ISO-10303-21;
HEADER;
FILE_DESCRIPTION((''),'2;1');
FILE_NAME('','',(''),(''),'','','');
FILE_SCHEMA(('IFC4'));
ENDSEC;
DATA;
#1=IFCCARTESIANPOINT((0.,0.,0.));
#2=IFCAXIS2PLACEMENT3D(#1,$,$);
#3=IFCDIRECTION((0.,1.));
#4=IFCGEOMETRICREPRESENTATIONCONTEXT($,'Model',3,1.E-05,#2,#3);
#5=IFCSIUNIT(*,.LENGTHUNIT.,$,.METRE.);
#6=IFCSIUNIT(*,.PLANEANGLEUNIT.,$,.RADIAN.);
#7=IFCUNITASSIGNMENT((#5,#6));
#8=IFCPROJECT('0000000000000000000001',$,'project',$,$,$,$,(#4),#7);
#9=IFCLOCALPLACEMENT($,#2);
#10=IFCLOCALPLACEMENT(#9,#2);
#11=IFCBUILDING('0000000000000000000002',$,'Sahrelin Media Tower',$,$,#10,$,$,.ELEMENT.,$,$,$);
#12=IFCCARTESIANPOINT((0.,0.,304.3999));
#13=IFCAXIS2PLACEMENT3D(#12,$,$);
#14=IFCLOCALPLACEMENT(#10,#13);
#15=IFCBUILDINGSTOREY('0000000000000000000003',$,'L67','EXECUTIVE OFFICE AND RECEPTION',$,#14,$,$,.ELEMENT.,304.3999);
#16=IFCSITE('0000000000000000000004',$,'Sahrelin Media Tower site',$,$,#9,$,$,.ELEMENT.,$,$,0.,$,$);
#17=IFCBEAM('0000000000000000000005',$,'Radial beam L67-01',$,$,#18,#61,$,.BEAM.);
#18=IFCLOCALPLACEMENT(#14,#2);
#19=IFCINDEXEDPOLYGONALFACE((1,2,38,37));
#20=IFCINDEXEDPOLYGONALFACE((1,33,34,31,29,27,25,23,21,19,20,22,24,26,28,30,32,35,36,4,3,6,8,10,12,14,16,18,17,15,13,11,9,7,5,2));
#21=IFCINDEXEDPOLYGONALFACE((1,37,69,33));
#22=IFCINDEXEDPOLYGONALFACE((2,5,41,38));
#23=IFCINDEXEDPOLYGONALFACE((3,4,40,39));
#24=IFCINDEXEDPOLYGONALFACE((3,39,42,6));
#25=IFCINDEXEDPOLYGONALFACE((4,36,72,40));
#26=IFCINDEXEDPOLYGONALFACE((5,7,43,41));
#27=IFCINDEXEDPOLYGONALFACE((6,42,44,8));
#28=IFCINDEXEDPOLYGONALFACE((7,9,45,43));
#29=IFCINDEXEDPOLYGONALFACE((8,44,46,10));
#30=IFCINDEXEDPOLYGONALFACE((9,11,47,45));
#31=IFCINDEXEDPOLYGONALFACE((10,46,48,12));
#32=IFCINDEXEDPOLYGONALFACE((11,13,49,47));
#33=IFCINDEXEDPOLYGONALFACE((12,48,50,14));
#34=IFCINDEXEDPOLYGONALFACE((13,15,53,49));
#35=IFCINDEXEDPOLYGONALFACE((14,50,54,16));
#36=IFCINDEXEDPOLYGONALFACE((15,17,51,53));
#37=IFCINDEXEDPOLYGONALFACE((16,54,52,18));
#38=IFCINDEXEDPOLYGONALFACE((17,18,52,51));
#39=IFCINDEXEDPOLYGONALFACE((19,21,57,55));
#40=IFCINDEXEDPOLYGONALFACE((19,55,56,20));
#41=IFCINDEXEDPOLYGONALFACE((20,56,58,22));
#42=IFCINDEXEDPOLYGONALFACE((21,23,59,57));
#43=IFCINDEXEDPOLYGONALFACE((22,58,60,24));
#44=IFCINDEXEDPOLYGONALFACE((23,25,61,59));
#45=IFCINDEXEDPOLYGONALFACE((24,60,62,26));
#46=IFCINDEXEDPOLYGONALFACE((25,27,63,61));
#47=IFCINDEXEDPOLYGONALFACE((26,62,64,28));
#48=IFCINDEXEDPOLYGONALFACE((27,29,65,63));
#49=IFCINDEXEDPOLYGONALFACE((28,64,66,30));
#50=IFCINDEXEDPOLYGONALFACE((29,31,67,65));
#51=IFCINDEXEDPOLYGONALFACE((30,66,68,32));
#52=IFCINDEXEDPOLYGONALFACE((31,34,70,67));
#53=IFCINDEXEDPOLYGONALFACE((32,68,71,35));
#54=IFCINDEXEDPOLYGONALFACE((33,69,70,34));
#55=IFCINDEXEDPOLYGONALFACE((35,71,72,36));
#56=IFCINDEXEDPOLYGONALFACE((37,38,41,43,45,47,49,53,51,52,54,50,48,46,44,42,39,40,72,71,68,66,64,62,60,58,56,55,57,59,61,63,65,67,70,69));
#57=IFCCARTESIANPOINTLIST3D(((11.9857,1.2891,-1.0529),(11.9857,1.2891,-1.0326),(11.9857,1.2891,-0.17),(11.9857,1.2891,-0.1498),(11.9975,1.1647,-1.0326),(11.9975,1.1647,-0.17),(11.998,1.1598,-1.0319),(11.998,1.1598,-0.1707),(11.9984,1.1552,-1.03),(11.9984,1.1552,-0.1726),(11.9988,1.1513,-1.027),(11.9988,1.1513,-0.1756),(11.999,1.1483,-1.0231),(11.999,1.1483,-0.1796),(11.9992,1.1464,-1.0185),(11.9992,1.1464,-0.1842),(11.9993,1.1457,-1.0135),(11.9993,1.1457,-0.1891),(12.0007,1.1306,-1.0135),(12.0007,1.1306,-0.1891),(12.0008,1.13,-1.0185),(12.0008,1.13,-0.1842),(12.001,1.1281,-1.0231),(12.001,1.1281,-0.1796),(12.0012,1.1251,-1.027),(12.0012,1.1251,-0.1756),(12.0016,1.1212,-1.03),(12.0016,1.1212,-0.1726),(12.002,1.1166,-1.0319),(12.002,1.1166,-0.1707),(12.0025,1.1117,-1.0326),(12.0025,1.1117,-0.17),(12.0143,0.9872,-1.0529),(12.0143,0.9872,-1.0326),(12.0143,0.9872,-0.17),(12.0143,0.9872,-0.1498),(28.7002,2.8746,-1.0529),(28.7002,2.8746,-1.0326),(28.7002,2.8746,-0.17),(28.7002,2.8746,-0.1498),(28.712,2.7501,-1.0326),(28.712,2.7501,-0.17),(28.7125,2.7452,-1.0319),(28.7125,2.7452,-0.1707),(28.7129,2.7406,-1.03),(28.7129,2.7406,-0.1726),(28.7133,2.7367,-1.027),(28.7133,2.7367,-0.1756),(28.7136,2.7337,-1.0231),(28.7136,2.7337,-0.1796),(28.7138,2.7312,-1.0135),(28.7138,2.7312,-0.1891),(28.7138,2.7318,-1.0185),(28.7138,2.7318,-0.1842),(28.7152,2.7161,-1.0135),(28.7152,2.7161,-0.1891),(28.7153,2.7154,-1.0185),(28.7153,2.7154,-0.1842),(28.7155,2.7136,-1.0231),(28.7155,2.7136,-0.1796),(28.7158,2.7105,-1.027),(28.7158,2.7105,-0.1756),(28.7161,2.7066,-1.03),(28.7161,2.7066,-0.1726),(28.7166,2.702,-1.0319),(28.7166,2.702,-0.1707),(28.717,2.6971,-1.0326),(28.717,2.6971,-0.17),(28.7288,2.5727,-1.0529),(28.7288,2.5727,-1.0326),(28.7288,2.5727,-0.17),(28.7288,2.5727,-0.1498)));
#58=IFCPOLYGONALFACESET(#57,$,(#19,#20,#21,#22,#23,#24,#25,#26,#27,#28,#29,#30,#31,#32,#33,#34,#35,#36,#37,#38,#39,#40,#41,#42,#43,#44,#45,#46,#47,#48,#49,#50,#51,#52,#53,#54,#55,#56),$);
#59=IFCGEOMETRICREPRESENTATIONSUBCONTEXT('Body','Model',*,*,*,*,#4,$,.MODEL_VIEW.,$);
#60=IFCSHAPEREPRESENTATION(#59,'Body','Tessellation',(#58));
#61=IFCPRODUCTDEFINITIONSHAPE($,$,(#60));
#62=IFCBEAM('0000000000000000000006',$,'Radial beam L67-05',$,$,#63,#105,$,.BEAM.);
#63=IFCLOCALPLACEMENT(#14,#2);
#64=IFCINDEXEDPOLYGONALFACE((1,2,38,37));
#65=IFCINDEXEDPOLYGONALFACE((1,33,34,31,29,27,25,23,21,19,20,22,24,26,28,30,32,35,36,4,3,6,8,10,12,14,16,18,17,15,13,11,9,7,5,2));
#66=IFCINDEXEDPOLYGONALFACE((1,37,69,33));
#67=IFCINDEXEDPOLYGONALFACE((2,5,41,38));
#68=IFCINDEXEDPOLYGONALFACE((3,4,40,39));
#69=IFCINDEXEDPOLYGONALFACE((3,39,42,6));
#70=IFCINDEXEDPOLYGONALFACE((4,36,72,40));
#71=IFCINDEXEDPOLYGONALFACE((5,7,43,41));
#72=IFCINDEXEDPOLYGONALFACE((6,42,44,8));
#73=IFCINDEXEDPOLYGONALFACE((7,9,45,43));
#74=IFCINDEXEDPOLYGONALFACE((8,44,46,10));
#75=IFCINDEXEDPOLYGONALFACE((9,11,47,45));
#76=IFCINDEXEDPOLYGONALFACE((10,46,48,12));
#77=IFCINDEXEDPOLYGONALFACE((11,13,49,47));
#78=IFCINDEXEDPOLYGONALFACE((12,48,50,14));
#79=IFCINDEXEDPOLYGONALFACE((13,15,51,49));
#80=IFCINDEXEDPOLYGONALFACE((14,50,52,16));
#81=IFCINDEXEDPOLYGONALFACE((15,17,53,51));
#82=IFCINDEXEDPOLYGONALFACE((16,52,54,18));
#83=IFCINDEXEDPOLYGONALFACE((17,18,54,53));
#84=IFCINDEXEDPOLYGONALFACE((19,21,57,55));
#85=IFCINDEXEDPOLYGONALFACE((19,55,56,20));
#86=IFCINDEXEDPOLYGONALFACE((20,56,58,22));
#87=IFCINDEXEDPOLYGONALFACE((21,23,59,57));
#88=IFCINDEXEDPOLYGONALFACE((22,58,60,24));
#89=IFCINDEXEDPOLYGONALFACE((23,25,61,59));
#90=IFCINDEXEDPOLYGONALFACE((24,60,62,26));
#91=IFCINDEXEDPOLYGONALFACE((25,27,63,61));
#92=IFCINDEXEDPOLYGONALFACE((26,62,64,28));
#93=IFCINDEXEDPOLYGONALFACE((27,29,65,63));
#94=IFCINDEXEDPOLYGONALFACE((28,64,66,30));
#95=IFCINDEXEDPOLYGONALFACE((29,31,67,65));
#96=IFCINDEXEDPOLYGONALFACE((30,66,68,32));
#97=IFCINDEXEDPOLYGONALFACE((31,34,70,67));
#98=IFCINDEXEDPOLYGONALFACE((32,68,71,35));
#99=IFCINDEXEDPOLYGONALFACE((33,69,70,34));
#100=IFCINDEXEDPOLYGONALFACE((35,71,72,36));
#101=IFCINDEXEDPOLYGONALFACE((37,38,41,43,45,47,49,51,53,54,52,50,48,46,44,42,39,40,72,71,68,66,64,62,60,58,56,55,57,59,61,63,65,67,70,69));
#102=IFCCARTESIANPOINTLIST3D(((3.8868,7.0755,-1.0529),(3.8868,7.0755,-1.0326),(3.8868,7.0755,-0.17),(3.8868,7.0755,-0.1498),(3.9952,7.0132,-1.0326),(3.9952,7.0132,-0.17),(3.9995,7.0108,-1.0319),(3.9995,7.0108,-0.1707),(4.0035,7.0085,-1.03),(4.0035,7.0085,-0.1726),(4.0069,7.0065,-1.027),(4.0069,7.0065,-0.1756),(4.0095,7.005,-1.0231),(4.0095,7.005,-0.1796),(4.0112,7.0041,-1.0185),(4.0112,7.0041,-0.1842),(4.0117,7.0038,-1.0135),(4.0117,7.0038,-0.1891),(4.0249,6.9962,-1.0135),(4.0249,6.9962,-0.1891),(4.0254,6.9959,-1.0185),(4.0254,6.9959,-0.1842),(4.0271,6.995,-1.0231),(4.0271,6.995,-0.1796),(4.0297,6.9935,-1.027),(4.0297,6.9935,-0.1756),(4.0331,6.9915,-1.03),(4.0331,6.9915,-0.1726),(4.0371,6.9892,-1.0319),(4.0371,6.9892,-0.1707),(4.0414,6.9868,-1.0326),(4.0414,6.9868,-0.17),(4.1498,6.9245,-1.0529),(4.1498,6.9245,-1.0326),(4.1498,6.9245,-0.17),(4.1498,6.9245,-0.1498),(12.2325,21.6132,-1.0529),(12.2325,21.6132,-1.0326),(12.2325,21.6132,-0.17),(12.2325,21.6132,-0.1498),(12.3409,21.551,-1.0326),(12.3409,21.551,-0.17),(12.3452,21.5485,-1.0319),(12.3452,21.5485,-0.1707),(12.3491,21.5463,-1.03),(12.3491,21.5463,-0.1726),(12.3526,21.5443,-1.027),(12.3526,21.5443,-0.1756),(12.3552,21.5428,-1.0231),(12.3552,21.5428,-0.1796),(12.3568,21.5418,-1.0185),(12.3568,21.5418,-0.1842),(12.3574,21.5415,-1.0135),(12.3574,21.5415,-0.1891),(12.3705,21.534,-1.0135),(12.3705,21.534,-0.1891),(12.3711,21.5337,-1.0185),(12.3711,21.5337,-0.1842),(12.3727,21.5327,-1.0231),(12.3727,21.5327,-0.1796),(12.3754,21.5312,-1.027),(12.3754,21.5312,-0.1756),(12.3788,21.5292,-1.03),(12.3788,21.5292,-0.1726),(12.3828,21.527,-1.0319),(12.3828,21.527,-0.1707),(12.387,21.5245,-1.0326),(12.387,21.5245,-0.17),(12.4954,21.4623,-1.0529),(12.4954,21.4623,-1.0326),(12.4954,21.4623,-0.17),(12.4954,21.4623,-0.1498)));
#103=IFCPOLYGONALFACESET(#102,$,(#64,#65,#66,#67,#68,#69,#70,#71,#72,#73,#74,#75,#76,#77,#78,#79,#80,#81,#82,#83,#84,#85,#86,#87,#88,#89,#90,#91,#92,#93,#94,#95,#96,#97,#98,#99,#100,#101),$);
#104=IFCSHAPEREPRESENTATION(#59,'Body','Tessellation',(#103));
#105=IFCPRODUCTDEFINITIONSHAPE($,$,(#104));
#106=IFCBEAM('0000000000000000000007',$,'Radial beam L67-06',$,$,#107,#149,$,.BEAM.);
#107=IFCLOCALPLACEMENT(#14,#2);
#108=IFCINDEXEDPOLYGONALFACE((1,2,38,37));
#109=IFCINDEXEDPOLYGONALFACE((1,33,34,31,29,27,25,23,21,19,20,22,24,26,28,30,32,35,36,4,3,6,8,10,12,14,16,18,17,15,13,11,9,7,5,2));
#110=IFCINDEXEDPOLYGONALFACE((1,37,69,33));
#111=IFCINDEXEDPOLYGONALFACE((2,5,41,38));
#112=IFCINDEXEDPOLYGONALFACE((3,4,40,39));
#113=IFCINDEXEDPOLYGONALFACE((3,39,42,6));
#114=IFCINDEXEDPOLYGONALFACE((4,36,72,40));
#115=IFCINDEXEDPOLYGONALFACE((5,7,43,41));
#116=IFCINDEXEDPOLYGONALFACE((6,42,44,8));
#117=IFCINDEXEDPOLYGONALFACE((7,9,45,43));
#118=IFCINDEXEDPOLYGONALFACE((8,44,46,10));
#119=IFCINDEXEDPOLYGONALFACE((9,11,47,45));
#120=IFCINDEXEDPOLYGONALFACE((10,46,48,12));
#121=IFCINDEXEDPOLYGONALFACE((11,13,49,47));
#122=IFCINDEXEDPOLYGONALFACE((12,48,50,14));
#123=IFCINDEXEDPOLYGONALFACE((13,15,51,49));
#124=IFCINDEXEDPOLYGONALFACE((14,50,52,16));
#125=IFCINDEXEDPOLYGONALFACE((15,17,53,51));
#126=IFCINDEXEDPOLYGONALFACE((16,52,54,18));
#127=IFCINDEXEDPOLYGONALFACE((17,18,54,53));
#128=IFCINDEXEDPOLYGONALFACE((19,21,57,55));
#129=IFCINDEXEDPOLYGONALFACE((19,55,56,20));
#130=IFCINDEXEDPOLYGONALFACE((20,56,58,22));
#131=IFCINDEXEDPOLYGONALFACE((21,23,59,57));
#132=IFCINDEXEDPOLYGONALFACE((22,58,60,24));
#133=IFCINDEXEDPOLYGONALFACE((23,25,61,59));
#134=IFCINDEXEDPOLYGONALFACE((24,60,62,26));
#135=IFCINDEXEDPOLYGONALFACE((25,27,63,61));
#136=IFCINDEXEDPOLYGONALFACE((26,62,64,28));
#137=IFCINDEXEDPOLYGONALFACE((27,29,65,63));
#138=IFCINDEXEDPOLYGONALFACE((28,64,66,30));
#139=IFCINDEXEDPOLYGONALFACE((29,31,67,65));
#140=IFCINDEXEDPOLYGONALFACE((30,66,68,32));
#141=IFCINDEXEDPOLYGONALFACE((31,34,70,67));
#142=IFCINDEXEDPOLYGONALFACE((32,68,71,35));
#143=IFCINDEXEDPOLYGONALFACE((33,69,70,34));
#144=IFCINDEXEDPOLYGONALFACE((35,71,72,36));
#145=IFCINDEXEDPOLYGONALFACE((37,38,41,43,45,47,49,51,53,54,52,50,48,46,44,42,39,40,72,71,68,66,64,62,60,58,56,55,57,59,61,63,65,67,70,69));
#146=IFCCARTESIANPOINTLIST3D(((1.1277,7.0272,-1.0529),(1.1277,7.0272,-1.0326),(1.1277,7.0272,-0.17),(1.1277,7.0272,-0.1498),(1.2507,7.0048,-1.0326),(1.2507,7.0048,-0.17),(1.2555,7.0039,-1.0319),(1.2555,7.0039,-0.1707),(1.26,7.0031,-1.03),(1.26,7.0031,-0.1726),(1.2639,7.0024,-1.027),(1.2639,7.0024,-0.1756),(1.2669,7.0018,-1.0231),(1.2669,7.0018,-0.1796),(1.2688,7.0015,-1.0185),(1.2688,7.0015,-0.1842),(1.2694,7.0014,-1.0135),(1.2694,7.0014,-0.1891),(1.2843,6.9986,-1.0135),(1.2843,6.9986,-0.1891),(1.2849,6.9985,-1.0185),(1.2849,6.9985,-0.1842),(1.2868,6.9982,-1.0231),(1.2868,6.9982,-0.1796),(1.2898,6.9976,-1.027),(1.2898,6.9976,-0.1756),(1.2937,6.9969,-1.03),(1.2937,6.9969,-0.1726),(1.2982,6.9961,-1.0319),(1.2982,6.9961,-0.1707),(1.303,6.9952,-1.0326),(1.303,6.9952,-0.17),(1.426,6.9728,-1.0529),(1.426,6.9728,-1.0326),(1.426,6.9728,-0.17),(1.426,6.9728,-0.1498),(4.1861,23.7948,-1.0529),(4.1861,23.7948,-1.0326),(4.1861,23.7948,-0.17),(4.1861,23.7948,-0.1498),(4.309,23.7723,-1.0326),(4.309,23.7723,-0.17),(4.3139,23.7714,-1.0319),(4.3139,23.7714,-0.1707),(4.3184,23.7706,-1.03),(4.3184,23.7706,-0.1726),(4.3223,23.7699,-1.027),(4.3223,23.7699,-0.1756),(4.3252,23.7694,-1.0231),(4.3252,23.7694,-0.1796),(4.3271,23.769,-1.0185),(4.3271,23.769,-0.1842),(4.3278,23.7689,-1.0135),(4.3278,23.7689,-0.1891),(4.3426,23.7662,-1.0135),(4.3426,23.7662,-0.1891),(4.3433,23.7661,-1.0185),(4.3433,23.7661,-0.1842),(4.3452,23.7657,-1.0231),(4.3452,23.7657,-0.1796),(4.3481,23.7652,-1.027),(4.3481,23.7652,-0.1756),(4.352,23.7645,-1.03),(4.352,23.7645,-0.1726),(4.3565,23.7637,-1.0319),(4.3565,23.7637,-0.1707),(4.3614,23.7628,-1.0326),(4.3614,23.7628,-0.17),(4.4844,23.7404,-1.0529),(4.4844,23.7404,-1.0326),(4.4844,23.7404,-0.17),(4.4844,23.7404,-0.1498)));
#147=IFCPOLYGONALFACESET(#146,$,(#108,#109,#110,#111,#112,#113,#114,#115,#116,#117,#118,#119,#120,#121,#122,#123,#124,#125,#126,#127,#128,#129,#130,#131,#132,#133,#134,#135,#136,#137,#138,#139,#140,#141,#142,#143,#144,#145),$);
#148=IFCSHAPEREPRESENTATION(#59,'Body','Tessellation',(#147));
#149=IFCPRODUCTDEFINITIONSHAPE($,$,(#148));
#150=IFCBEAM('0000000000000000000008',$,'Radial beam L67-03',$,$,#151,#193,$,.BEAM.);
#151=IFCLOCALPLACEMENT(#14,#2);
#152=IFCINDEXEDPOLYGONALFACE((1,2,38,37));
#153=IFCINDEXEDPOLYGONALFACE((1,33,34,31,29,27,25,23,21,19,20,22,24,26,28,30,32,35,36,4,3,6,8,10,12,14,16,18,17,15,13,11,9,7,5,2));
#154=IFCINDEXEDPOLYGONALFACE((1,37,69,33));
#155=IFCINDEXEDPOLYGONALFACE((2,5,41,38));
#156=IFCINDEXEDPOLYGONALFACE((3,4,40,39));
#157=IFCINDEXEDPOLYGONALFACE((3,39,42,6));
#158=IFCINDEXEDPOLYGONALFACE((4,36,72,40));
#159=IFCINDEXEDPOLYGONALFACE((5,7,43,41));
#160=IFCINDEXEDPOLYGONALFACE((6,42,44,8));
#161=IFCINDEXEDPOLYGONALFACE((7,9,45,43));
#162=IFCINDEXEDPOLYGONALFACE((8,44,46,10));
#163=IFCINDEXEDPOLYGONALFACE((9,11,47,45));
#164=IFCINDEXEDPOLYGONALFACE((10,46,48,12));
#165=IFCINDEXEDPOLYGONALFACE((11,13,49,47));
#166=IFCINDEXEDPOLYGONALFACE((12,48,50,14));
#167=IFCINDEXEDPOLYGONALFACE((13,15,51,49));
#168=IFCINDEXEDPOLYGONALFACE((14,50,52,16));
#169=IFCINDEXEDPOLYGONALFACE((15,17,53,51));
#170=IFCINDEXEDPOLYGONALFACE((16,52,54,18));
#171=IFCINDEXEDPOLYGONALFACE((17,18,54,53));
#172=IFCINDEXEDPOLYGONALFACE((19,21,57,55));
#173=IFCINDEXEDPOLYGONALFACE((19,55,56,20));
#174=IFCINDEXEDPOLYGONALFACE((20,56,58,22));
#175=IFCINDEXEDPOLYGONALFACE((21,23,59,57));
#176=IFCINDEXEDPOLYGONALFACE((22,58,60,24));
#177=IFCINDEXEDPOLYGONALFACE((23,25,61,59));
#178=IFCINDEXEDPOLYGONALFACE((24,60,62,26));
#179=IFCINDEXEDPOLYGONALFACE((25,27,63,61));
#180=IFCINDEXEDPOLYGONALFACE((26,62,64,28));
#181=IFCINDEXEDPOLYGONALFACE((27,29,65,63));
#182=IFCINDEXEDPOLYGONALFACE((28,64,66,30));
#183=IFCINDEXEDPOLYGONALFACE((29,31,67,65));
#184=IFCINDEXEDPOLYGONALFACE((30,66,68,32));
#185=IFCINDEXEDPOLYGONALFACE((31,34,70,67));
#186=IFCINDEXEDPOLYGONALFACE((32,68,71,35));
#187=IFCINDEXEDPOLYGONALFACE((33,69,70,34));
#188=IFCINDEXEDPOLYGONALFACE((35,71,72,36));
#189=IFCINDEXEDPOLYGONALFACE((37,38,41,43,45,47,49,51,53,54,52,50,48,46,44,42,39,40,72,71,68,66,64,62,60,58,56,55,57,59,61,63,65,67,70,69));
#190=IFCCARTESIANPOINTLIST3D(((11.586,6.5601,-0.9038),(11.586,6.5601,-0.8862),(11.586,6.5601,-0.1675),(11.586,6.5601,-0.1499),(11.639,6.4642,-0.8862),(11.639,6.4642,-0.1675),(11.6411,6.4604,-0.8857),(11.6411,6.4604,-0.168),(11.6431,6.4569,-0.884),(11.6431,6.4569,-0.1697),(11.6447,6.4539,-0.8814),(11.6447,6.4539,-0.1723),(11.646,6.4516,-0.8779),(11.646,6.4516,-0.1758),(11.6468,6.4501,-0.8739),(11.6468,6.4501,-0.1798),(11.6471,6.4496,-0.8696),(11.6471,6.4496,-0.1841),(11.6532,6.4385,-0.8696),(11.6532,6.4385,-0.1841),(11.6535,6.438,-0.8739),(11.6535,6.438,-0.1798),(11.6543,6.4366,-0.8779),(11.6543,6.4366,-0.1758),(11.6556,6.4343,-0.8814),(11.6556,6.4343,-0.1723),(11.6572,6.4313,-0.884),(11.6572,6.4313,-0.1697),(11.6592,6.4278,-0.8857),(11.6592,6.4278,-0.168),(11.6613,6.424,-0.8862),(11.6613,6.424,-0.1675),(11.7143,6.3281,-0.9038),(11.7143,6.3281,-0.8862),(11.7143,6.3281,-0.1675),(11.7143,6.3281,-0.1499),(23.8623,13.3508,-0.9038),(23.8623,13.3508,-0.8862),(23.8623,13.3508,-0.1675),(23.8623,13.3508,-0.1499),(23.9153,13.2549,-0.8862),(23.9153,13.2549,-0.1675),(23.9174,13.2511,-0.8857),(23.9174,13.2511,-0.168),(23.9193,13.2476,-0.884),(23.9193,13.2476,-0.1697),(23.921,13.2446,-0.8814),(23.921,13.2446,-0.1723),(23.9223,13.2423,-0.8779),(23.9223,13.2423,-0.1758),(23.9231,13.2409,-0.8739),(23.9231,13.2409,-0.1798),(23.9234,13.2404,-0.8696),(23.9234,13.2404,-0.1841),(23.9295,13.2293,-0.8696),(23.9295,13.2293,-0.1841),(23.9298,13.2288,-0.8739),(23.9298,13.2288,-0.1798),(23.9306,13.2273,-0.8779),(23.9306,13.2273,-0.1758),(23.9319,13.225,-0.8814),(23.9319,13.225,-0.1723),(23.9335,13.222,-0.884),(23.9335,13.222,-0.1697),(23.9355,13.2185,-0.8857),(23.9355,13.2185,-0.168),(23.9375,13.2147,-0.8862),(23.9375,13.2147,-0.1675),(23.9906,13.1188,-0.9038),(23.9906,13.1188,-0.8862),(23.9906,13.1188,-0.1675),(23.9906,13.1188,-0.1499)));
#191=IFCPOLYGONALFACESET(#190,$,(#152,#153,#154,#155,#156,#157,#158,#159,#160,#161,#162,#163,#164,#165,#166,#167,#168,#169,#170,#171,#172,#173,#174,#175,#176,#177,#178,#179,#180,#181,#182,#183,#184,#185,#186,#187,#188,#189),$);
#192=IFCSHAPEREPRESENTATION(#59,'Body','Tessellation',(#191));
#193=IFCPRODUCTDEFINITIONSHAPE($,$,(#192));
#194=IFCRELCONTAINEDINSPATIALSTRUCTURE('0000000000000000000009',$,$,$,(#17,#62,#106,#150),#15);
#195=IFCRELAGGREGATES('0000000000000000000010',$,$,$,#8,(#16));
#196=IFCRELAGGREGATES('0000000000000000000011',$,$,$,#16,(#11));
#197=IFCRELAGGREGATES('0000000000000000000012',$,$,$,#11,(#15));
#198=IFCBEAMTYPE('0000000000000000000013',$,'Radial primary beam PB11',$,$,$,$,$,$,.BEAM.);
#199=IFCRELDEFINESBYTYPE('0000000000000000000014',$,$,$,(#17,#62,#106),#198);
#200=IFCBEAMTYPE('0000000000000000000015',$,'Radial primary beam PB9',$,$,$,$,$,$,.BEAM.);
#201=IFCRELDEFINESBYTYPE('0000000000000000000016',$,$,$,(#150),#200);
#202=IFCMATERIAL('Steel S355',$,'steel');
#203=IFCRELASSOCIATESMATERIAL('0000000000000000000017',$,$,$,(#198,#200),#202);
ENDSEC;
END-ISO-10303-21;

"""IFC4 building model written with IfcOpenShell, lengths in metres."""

from ifc_helpers import new_model, si_unit, direction, frame, origin, origin_2d, place, context, subcontext, project, spatial, i_section, extrude, material, material_profile, profile_set, type_object, element, save


model = new_model("IFC4")

# Units and contexts
model_context = context("Model", 3, precision=1e-05, world=origin(), true_north=direction((0.0, 1.0)))
body_context = subcontext(model_context, "Body", "Model", "MODEL_VIEW")
ifc_project = project(units=[si_unit("LENGTHUNIT", "METRE"), si_unit("PLANEANGLEUNIT", "RADIAN")], contexts=[model_context])

# Site, building, storey
site_placement = place(None, origin())
site = spatial("IfcSite", under=ifc_project, at=site_placement, Name="Sahrelin Media Tower site", CompositionType="ELEMENT", RefElevation=0.0)
building_placement = place(site_placement, origin())
building = spatial("IfcBuilding", under=site, at=building_placement, Name="Sahrelin Media Tower", CompositionType="ELEMENT")
storey_placement = place(building_placement, frame((0.0, 0.0, 304.3999)))
storey = spatial("IfcBuildingStorey", under=building, at=storey_placement, Name="L67", Description="EXECUTIVE OFFICE AND RECEPTION", CompositionType="ELEMENT", Elevation=304.3999)

# Beams
ifc_material_1 = material(Name="Steel S355", Category="steel")
ifc_material_profile_1 = material_profile(ifc_material_1, i_section(OverallWidth=0.3032, OverallDepth=0.9031, WebThickness=0.0151, FlangeThickness=0.0203, FilletRadius=0.019, at=origin_2d()), Name="UB 914x305x201")
ifc_profile_set_1 = profile_set([ifc_material_profile_1], Name="Steel S355")
beam_type_1 = type_object("IfcBeamType", Name="Radial primary beam PB11", PredefinedType="BEAM", material=ifc_profile_set_1)
beam_1_placement = place(storey_placement, frame((12.0, 1.1382, -0.6013), z_axis=(0.995531, 0.09443, 0.0), x_axis=(-0.09443, 0.995531, 0.0)))
element("IfcBeam", 1, at=beam_1_placement, inside=storey, type_object=beam_type_1, Name="Radial beam L67-01", PredefinedType="BEAM", context=body_context, shape_type="SweptSolid", body=[
    extrude(i_section(OverallWidth=0.3032, OverallDepth=0.9031, WebThickness=0.0151, FlangeThickness=0.0203, FilletRadius=0.019, at=origin_2d()), origin(), (0.0, 0.0, 1.0), 16.7896),
])
beam_2_placement = place(storey_placement, frame((4.0183, 7.0, -0.6013), z_axis=(0.497863, 0.867256, 0.0), x_axis=(-0.867256, 0.497863, 0.0)))
element("IfcBeam", 2, at=beam_2_placement, inside=storey, type_object=beam_type_1, Name="Radial beam L67-05", PredefinedType="BEAM", context=body_context, shape_type="SweptSolid", body=[
    extrude(i_section(OverallWidth=0.3032, OverallDepth=0.9031, WebThickness=0.0151, FlangeThickness=0.0203, FilletRadius=0.019, at=origin_2d()), origin(), (0.0, 0.0, 1.0), 16.7629),
])
beam_3_placement = place(storey_placement, frame((1.2769, 7.0, -0.6013), z_axis=(0.179436, 0.98377, 0.0), x_axis=(-0.98377, 0.179436, 0.0)))
element("IfcBeam", 3, at=beam_3_placement, inside=storey, type_object=beam_type_1, Name="Radial beam L67-06", PredefinedType="BEAM", context=body_context, shape_type="SweptSolid", body=[
    extrude(i_section(OverallWidth=0.3032, OverallDepth=0.9031, WebThickness=0.0151, FlangeThickness=0.0203, FilletRadius=0.019, at=origin_2d()), origin(), (0.0, 0.0, 1.0), 17.0442),
])
ifc_material_profile_2 = material_profile(ifc_material_1, i_section(OverallWidth=0.2651, OverallDepth=0.7539, WebThickness=0.0127, FlangeThickness=0.0176, FilletRadius=0.0166, at=origin_2d()), Name="UB 762x267x147")
ifc_profile_set_2 = profile_set([ifc_material_profile_2], Name="Steel S355")
beam_type_2 = type_object("IfcBeamType", Name="Radial primary beam PB9", PredefinedType="BEAM", material=ifc_profile_set_2)
beam_4_placement = place(storey_placement, frame((11.6501, 6.4441, -0.5269), z_axis=(0.875046, 0.484039, 0.0), x_axis=(-0.484039, 0.875046, 0.0)))
element("IfcBeam", 4, at=beam_4_placement, inside=storey, type_object=beam_type_2, Name="Radial beam L67-03", PredefinedType="BEAM", context=body_context, shape_type="SweptSolid", body=[
    extrude(i_section(OverallWidth=0.2651, OverallDepth=0.7539, WebThickness=0.0127, FlangeThickness=0.0176, FilletRadius=0.0166, at=origin_2d()), origin(), (0.0, 0.0, 1.0), 14.0293),
])

save(model, "model.ifc")
